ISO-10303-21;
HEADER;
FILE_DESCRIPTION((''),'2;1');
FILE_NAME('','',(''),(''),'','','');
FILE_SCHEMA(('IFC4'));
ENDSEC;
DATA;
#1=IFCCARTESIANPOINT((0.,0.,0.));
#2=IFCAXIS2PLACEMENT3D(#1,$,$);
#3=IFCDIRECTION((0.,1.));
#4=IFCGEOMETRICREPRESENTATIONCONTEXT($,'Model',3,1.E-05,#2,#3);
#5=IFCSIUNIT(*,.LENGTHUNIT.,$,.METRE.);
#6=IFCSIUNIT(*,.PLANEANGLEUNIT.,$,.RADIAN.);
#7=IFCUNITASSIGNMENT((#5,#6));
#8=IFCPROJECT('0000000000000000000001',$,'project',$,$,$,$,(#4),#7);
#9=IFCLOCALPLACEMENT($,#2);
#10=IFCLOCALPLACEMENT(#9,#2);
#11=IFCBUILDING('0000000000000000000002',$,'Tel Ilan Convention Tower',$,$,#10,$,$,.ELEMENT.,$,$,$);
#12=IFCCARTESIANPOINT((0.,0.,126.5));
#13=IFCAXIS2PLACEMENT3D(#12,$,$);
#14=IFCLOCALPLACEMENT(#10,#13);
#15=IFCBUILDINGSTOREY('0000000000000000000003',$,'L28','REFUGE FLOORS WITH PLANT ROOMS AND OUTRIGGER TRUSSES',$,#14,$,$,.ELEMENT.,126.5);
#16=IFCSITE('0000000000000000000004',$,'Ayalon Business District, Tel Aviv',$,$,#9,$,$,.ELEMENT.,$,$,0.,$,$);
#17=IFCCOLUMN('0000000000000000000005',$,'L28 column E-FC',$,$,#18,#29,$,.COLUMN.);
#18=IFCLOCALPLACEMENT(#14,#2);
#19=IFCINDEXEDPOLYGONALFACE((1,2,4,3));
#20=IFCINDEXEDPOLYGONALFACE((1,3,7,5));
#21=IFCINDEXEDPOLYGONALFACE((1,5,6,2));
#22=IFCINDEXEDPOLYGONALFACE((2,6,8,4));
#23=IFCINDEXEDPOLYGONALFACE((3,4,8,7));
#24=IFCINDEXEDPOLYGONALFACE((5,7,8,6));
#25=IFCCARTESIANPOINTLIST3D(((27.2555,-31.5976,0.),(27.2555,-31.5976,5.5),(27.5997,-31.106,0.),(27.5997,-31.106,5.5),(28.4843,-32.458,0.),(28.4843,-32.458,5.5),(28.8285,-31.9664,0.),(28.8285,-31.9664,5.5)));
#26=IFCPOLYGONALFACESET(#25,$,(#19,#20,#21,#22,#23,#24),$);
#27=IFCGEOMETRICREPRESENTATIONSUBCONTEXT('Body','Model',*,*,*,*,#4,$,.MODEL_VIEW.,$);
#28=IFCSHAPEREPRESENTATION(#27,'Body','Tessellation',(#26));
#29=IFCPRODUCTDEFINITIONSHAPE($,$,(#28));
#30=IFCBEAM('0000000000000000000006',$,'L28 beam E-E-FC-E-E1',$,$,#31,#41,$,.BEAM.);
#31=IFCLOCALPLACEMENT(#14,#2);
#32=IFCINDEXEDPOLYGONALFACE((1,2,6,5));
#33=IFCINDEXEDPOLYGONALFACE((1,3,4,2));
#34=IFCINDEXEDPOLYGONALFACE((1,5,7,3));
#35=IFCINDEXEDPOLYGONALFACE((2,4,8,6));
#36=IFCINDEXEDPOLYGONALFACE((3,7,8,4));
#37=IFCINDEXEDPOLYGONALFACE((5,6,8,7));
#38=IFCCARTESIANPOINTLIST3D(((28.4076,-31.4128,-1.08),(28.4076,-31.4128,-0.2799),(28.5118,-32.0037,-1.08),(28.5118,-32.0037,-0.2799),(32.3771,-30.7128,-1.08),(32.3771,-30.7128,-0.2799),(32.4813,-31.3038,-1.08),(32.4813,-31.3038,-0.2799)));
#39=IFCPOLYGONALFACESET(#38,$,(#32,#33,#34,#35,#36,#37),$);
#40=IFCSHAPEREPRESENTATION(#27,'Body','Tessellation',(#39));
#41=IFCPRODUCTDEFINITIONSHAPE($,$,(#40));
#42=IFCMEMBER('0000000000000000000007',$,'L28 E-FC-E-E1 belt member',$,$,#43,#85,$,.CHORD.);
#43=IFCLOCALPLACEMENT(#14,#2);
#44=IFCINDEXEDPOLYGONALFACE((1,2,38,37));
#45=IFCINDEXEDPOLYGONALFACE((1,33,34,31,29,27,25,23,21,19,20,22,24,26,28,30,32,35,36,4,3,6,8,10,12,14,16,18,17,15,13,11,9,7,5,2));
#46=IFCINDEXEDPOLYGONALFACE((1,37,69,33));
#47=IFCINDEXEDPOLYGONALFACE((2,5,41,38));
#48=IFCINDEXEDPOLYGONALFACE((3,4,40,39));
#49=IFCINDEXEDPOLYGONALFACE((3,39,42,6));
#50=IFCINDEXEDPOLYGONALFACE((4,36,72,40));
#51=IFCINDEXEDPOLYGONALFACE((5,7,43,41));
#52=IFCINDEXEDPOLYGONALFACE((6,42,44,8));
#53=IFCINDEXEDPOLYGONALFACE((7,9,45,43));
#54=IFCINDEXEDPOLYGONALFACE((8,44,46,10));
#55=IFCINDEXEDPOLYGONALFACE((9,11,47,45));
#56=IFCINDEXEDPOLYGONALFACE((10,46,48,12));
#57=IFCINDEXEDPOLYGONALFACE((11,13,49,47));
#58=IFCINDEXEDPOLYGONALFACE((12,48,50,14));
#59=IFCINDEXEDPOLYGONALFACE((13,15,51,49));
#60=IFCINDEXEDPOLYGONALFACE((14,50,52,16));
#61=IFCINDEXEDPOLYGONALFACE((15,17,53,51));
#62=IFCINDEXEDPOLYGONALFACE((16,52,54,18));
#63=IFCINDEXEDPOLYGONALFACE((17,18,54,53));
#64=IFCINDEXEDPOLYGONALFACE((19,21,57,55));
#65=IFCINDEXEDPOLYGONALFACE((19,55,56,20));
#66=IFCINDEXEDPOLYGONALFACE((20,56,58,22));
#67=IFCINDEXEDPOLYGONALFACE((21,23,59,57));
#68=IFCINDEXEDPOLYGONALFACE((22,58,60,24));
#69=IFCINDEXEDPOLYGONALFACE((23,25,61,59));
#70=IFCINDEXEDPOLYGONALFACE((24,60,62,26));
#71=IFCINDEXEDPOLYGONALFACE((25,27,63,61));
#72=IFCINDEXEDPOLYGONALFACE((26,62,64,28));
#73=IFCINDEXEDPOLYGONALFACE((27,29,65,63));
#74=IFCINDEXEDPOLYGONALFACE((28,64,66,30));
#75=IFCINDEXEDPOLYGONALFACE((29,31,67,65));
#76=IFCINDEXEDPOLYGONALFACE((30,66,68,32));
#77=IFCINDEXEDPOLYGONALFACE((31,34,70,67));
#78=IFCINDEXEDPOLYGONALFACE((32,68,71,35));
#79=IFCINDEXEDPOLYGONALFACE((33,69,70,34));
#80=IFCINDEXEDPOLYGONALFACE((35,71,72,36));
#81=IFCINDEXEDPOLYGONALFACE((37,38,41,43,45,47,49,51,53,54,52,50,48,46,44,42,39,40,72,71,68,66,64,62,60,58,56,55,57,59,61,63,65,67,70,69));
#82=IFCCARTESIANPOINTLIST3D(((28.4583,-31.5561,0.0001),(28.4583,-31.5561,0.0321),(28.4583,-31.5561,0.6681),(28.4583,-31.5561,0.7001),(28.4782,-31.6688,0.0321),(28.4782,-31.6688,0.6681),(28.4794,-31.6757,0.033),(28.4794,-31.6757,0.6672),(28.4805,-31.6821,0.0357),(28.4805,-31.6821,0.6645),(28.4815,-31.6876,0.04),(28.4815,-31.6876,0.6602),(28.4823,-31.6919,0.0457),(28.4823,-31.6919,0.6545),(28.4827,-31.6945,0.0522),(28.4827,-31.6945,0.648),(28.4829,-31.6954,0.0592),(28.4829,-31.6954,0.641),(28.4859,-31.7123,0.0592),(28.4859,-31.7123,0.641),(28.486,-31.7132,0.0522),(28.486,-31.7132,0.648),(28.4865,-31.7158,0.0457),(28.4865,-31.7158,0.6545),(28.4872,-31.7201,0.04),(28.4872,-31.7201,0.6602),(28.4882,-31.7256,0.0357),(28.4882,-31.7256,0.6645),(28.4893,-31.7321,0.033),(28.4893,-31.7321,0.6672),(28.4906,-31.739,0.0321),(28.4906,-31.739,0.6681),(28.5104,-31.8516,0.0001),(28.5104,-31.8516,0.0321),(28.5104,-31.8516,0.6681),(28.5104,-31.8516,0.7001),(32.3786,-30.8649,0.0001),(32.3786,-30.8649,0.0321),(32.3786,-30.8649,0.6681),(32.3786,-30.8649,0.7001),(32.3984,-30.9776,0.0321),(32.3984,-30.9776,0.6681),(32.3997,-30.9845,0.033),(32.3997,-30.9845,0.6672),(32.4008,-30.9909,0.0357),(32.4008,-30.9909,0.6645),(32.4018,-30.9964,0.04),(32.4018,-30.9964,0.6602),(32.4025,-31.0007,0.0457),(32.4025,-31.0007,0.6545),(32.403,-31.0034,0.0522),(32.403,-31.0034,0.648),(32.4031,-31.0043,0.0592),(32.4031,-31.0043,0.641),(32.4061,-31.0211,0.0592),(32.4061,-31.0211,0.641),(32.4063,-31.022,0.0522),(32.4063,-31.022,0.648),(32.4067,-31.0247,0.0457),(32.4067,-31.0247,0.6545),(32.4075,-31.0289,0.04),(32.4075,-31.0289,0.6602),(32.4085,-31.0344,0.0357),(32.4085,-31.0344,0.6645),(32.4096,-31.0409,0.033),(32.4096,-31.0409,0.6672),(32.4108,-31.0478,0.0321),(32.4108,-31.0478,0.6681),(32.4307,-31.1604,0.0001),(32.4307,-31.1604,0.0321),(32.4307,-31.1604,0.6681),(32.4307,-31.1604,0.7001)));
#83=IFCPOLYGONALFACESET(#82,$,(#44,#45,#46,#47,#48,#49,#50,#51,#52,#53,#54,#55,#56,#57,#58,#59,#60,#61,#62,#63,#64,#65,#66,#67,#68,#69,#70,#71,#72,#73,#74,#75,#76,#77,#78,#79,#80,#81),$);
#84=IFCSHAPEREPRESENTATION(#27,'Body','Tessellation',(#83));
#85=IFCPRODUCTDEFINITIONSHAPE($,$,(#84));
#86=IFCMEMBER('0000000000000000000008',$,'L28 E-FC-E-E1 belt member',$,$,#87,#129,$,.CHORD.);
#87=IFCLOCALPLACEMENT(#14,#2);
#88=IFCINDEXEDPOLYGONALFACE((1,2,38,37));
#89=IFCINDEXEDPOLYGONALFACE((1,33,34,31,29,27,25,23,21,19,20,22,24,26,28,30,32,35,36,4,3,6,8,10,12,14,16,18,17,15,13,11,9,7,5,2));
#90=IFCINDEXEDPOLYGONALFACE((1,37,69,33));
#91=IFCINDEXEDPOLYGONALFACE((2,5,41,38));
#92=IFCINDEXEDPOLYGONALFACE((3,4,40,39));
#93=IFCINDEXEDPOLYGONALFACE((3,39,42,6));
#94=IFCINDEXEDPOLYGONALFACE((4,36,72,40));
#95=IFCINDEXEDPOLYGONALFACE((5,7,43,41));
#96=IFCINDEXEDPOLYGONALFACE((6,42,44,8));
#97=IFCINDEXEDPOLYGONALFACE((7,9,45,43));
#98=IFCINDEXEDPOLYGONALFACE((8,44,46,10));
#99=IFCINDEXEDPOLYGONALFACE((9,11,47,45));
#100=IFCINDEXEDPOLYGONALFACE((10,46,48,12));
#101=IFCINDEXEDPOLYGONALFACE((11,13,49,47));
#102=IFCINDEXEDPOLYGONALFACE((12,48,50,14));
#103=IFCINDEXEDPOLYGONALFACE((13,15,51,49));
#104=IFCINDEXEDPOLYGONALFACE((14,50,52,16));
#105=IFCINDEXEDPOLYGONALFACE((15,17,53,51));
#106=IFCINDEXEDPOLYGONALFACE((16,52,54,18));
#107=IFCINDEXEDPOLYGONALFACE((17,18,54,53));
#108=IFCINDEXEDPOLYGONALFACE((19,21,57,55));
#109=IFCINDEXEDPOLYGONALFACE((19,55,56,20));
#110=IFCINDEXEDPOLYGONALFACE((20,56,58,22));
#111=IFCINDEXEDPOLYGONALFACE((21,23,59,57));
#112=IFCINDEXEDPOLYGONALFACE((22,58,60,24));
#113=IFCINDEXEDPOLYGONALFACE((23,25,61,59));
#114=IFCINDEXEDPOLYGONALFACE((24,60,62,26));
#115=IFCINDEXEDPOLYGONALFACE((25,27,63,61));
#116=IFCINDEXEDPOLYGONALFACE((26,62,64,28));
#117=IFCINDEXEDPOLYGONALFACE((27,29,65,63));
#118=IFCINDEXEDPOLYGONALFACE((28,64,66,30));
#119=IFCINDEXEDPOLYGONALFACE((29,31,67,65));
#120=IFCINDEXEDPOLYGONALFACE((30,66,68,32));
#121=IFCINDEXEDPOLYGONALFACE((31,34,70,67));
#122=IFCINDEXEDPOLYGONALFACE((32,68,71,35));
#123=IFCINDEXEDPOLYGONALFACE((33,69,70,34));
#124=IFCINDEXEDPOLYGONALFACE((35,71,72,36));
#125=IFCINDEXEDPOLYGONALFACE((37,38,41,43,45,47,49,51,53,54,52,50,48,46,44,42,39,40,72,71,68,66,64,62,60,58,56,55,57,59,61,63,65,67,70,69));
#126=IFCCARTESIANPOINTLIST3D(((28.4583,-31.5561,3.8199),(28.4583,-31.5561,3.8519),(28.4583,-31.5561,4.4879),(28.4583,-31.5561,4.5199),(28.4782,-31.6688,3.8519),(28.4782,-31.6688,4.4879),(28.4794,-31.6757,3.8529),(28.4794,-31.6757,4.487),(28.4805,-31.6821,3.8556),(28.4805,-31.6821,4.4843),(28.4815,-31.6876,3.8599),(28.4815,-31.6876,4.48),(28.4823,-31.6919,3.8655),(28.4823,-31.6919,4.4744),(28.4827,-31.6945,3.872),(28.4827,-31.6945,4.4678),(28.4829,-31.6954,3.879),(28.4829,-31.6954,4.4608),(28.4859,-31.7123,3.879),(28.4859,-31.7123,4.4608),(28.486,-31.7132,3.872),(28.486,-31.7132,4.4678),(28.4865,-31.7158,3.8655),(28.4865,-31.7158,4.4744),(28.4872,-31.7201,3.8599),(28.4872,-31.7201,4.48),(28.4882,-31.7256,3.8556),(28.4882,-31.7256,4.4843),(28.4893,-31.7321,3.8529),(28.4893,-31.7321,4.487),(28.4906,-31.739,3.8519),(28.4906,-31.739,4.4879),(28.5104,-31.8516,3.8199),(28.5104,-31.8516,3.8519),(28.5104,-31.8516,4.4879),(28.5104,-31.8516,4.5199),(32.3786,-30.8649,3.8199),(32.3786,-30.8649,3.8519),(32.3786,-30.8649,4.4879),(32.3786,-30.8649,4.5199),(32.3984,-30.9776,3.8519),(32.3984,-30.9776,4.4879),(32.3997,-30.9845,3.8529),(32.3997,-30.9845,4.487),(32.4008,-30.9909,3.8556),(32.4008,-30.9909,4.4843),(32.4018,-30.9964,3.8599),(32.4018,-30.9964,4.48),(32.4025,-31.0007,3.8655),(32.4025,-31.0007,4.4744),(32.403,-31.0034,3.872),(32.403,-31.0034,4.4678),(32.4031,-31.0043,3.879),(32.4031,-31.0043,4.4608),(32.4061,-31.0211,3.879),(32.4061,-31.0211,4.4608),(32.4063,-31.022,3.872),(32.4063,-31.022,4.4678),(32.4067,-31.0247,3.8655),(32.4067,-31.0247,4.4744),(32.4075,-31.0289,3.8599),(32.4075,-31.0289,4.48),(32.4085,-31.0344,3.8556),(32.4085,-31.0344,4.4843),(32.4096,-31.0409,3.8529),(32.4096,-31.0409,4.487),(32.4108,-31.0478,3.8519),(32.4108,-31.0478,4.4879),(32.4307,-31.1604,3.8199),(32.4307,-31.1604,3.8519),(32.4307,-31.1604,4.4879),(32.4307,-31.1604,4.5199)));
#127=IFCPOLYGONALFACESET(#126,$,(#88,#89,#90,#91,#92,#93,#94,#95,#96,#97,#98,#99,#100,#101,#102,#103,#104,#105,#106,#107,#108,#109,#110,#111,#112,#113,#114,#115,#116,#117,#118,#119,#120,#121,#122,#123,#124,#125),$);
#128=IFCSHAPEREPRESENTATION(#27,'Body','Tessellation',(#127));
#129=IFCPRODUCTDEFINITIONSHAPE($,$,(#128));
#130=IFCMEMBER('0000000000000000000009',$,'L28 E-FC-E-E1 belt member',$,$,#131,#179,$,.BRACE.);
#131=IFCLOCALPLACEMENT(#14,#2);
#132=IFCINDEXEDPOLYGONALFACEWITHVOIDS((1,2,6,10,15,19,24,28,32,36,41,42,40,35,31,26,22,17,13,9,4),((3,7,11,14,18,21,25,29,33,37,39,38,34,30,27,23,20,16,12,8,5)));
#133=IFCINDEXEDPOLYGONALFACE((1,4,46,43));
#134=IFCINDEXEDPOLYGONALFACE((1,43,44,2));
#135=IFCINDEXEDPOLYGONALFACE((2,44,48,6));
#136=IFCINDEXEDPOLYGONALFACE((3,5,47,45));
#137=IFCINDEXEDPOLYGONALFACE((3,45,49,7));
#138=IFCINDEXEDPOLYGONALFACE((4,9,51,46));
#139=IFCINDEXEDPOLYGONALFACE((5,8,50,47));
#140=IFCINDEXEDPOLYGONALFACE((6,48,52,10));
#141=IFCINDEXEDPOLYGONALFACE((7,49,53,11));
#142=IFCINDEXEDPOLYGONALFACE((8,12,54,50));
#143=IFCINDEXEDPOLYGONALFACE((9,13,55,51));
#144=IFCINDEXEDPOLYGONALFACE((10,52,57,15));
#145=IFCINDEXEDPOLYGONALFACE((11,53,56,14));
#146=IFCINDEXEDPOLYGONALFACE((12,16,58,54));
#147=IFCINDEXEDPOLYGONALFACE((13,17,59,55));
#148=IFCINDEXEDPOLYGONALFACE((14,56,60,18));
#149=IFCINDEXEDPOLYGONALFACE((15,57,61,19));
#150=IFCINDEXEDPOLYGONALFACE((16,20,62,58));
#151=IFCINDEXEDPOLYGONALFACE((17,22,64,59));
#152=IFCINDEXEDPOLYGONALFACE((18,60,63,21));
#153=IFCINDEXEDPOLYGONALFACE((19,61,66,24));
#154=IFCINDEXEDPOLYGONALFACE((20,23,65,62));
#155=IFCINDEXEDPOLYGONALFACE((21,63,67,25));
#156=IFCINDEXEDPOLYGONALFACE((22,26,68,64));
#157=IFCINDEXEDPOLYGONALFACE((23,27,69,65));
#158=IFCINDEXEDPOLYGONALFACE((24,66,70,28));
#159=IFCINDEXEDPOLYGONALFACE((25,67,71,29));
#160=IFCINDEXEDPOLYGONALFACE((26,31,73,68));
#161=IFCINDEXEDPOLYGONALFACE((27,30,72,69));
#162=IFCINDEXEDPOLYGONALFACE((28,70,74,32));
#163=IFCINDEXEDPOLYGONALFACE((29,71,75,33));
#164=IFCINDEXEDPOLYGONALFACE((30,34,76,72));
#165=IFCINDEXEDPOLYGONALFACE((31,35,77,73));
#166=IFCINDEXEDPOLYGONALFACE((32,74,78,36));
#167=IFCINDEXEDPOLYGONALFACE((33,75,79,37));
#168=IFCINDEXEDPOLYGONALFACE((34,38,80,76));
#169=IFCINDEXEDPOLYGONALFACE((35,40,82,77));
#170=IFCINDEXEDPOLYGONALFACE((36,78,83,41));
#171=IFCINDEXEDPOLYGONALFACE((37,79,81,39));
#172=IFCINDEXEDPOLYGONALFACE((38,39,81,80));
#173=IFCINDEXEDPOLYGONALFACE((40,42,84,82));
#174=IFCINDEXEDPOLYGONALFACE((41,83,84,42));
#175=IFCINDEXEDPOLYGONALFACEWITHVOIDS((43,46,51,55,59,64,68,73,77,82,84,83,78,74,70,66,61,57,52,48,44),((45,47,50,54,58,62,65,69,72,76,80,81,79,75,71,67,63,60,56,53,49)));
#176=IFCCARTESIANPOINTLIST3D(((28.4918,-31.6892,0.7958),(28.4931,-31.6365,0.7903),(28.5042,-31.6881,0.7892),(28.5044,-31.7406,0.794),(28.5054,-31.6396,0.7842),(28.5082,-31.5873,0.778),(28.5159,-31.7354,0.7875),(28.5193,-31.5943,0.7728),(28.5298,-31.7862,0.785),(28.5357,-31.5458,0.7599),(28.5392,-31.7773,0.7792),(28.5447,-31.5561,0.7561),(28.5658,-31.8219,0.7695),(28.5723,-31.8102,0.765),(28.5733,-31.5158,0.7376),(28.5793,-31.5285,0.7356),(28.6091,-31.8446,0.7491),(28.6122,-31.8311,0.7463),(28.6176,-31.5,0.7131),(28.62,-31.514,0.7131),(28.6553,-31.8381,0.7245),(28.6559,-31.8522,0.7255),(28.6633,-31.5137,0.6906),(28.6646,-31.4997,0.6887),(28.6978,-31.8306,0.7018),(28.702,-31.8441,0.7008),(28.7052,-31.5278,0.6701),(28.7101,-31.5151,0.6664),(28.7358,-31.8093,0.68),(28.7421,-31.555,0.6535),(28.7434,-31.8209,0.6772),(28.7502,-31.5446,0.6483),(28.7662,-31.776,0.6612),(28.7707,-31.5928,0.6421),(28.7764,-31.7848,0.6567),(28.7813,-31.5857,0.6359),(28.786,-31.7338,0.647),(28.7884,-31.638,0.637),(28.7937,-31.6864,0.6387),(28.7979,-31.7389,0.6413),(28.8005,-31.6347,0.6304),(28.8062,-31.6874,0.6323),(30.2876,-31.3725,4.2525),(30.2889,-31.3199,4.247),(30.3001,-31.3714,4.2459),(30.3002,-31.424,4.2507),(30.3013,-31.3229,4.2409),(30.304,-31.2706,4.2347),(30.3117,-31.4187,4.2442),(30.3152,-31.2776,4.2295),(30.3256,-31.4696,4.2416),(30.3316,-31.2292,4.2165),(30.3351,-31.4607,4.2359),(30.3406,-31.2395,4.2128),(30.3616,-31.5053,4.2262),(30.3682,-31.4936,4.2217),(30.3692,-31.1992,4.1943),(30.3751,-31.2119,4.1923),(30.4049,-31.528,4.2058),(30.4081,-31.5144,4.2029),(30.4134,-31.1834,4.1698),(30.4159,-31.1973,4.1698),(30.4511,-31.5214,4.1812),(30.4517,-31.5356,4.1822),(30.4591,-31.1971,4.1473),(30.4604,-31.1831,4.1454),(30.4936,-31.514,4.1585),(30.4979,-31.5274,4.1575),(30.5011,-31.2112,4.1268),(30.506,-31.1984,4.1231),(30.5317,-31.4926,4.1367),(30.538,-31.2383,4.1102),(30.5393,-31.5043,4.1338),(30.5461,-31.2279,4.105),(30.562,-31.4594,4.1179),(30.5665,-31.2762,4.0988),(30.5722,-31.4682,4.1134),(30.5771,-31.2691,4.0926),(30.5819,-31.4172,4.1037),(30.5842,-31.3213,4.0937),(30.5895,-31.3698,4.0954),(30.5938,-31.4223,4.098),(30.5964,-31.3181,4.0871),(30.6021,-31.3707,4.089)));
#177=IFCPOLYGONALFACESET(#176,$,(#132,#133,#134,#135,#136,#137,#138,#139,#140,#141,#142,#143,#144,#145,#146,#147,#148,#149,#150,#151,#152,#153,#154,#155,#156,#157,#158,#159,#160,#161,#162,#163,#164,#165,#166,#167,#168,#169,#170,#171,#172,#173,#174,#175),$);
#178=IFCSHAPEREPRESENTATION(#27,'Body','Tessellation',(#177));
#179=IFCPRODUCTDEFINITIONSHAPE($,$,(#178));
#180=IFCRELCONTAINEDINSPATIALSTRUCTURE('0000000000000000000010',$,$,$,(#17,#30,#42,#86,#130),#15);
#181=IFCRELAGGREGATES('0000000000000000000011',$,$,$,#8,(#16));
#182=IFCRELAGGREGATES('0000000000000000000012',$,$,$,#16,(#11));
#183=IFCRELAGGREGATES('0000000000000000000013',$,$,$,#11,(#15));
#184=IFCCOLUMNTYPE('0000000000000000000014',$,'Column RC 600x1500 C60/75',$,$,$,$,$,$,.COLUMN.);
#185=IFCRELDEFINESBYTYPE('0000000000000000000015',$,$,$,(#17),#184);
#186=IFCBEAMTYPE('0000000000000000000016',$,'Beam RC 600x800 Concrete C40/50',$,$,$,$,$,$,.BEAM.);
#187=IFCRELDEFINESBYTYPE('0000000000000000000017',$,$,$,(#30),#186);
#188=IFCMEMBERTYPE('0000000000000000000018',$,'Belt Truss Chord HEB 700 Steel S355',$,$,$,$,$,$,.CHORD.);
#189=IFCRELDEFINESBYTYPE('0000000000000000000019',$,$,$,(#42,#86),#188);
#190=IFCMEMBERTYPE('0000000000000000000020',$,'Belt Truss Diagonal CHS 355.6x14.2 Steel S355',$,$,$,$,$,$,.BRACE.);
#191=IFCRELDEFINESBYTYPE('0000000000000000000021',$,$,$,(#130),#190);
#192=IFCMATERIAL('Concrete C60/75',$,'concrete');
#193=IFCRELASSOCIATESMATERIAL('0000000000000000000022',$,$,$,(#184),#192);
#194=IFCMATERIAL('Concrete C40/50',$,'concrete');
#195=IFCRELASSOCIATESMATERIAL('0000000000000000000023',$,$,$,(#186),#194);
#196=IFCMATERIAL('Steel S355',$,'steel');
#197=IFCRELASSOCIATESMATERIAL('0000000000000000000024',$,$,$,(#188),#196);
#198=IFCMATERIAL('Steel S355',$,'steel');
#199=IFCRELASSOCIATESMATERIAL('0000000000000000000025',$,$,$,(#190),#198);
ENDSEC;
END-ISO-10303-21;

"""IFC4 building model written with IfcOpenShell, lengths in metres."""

from ifc_helpers import new_model, si_unit, direction, frame, origin, origin_2d, place, context, subcontext, project, spatial, rectangle, hollow_circle, i_section, extrude, material, material_profile, profile_set, type_object, element, save


model = new_model("IFC4")

# Units and contexts
model_context = context("Model", 3, precision=1e-05, world=origin(), true_north=direction((0.0, 1.0)))
body_context = subcontext(model_context, "Body", "Model", "MODEL_VIEW")
ifc_project = project(units=[si_unit("LENGTHUNIT", "METRE"), si_unit("PLANEANGLEUNIT", "RADIAN")], contexts=[model_context])

# Site, building, storey
site_placement = place(None, origin())
site = spatial("IfcSite", under=ifc_project, at=site_placement, Name="Ayalon Business District, Tel Aviv", CompositionType="ELEMENT", RefElevation=0.0)
building_placement = place(site_placement, origin())
building = spatial("IfcBuilding", under=site, at=building_placement, Name="Tel Ilan Convention Tower", CompositionType="ELEMENT")
storey_placement = place(building_placement, frame((0.0, 0.0, 126.5)))
storey = spatial("IfcBuildingStorey", under=building, at=storey_placement, Name="L28", Description="REFUGE FLOORS WITH PLANT ROOMS AND OUTRIGGER TRUSSES", CompositionType="ELEMENT", Elevation=126.5)

# Column
ifc_material_1 = material(Name="Concrete C60/75", Category="concrete")
ifc_material_profile_1 = material_profile(ifc_material_1, rectangle(XDim=1.5, YDim=0.6001, at=origin_2d()), Name="RC 600x1500")
ifc_profile_set_1 = profile_set([ifc_material_profile_1], Name="Concrete C60/75")
column_type = type_object("IfcColumnType", Name="Column RC 600x1500 C60/75", PredefinedType="COLUMN", material=ifc_profile_set_1)
column_placement = place(storey_placement, frame((28.042, -31.782, 0.0), z_axis=(0.0, 0.0, 1.0), x_axis=(0.819152, -0.573576, 0.0)))
element("IfcColumn", 1, at=column_placement, inside=storey, type_object=column_type, Name="L28 column E-FC", PredefinedType="COLUMN", context=body_context, shape_type="SweptSolid", body=[
    extrude(rectangle(XDim=1.5, YDim=0.6001, at=origin_2d()), origin(), (0.0, 0.0, 1.0), 5.5),
])

# Beam
ifc_material_2 = material(Name="Concrete C40/50", Category="concrete")
ifc_material_profile_2 = material_profile(ifc_material_2, rectangle(XDim=0.6001, YDim=0.8, at=origin_2d()), Name="RC 600x800")
ifc_profile_set_2 = profile_set([ifc_material_profile_2], Name="Concrete C40/50")
beam_type = type_object("IfcBeamType", Name="Beam RC 600x800 Concrete C40/50", PredefinedType="BEAM", material=ifc_profile_set_2)
beam_placement = place(storey_placement, frame((28.4597, -31.7083, -0.6799), z_axis=(0.984807, 0.173654, 0.0), x_axis=(-0.173654, 0.984807, 0.0)))
element("IfcBeam", 2, at=beam_placement, inside=storey, type_object=beam_type, Name="L28 beam E-E-FC-E-E1", PredefinedType="BEAM", context=body_context, shape_type="SweptSolid", body=[
    extrude(rectangle(XDim=0.6001, YDim=0.8, at=origin_2d()), origin(), (0.0, 0.0, 1.0), 4.0308),
])

# Members
ifc_material_3 = material(Name="Steel S355", Category="steel")
ifc_material_profile_3 = material_profile(ifc_material_3, i_section(OverallWidth=0.3, OverallDepth=0.7, WebThickness=0.0171, FlangeThickness=0.032, FilletRadius=0.0271, at=origin_2d()), Name="HEB 700")
ifc_profile_set_3 = profile_set([ifc_material_profile_3], Name="Steel S355")
member_type_1 = type_object("IfcMemberType", Name="Belt Truss Chord HEB 700 Steel S355", PredefinedType="CHORD", material=ifc_profile_set_3)
for number, where, z_axis, x_axis, name in (
    (3, (28.4844, -31.7039, 0.3501), (0.984811, 0.173631, 0.0), (-0.173631, 0.984811, 0.0), "L28 E-FC-E-E1 belt member"),
    (4, (28.4844, -31.7039, 4.1699), (0.984811, 0.173631, 0.0), (-0.173631, 0.984811, 0.0), "L28 E-FC-E-E1 belt member"),
):
    element("IfcMember", number, at=place(storey_placement, frame(where, z_axis=z_axis, x_axis=x_axis)), inside=storey, type_object=member_type_1, Name=name, PredefinedType="CHORD", context=body_context, shape_type="SweptSolid", body=[
        extrude(i_section(OverallWidth=0.3, OverallDepth=0.7, WebThickness=0.0171, FlangeThickness=0.032, FilletRadius=0.0271, at=origin_2d()), origin(), (0.0, 0.0, 1.0), 3.9807),
    ])
ifc_material_4 = material(Name="Steel S355", Category="steel")
ifc_material_profile_4 = material_profile(ifc_material_4, hollow_circle(Radius=0.1777, WallThickness=0.0142, at=origin_2d()), Name="CHS 355.6x14.2")
ifc_profile_set_4 = profile_set([ifc_material_profile_4], Name="Steel S355")
member_type_2 = type_object("IfcMemberType", Name="Belt Truss Diagonal CHS 355.6x14.2 Steel S355", PredefinedType="BRACE", material=ifc_profile_set_4)
member_1_placement = place(storey_placement, frame((28.6484, -31.675, 0.7131), z_axis=(0.459508, 0.08102, 0.884471), x_axis=(-0.17364, 0.984809, 0.0)))
element("IfcMember", 5, at=member_1_placement, inside=storey, type_object=member_type_2, Name="L28 E-FC-E-E1 belt member", PredefinedType="BRACE", context=body_context, shape_type="SweptSolid", body=[
    extrude(hollow_circle(Radius=0.1777, WallThickness=0.0142, at=origin_2d()), origin(), (0.0, 0.0, 1.0), 3.9082),
])

save(model, "model.ifc")
